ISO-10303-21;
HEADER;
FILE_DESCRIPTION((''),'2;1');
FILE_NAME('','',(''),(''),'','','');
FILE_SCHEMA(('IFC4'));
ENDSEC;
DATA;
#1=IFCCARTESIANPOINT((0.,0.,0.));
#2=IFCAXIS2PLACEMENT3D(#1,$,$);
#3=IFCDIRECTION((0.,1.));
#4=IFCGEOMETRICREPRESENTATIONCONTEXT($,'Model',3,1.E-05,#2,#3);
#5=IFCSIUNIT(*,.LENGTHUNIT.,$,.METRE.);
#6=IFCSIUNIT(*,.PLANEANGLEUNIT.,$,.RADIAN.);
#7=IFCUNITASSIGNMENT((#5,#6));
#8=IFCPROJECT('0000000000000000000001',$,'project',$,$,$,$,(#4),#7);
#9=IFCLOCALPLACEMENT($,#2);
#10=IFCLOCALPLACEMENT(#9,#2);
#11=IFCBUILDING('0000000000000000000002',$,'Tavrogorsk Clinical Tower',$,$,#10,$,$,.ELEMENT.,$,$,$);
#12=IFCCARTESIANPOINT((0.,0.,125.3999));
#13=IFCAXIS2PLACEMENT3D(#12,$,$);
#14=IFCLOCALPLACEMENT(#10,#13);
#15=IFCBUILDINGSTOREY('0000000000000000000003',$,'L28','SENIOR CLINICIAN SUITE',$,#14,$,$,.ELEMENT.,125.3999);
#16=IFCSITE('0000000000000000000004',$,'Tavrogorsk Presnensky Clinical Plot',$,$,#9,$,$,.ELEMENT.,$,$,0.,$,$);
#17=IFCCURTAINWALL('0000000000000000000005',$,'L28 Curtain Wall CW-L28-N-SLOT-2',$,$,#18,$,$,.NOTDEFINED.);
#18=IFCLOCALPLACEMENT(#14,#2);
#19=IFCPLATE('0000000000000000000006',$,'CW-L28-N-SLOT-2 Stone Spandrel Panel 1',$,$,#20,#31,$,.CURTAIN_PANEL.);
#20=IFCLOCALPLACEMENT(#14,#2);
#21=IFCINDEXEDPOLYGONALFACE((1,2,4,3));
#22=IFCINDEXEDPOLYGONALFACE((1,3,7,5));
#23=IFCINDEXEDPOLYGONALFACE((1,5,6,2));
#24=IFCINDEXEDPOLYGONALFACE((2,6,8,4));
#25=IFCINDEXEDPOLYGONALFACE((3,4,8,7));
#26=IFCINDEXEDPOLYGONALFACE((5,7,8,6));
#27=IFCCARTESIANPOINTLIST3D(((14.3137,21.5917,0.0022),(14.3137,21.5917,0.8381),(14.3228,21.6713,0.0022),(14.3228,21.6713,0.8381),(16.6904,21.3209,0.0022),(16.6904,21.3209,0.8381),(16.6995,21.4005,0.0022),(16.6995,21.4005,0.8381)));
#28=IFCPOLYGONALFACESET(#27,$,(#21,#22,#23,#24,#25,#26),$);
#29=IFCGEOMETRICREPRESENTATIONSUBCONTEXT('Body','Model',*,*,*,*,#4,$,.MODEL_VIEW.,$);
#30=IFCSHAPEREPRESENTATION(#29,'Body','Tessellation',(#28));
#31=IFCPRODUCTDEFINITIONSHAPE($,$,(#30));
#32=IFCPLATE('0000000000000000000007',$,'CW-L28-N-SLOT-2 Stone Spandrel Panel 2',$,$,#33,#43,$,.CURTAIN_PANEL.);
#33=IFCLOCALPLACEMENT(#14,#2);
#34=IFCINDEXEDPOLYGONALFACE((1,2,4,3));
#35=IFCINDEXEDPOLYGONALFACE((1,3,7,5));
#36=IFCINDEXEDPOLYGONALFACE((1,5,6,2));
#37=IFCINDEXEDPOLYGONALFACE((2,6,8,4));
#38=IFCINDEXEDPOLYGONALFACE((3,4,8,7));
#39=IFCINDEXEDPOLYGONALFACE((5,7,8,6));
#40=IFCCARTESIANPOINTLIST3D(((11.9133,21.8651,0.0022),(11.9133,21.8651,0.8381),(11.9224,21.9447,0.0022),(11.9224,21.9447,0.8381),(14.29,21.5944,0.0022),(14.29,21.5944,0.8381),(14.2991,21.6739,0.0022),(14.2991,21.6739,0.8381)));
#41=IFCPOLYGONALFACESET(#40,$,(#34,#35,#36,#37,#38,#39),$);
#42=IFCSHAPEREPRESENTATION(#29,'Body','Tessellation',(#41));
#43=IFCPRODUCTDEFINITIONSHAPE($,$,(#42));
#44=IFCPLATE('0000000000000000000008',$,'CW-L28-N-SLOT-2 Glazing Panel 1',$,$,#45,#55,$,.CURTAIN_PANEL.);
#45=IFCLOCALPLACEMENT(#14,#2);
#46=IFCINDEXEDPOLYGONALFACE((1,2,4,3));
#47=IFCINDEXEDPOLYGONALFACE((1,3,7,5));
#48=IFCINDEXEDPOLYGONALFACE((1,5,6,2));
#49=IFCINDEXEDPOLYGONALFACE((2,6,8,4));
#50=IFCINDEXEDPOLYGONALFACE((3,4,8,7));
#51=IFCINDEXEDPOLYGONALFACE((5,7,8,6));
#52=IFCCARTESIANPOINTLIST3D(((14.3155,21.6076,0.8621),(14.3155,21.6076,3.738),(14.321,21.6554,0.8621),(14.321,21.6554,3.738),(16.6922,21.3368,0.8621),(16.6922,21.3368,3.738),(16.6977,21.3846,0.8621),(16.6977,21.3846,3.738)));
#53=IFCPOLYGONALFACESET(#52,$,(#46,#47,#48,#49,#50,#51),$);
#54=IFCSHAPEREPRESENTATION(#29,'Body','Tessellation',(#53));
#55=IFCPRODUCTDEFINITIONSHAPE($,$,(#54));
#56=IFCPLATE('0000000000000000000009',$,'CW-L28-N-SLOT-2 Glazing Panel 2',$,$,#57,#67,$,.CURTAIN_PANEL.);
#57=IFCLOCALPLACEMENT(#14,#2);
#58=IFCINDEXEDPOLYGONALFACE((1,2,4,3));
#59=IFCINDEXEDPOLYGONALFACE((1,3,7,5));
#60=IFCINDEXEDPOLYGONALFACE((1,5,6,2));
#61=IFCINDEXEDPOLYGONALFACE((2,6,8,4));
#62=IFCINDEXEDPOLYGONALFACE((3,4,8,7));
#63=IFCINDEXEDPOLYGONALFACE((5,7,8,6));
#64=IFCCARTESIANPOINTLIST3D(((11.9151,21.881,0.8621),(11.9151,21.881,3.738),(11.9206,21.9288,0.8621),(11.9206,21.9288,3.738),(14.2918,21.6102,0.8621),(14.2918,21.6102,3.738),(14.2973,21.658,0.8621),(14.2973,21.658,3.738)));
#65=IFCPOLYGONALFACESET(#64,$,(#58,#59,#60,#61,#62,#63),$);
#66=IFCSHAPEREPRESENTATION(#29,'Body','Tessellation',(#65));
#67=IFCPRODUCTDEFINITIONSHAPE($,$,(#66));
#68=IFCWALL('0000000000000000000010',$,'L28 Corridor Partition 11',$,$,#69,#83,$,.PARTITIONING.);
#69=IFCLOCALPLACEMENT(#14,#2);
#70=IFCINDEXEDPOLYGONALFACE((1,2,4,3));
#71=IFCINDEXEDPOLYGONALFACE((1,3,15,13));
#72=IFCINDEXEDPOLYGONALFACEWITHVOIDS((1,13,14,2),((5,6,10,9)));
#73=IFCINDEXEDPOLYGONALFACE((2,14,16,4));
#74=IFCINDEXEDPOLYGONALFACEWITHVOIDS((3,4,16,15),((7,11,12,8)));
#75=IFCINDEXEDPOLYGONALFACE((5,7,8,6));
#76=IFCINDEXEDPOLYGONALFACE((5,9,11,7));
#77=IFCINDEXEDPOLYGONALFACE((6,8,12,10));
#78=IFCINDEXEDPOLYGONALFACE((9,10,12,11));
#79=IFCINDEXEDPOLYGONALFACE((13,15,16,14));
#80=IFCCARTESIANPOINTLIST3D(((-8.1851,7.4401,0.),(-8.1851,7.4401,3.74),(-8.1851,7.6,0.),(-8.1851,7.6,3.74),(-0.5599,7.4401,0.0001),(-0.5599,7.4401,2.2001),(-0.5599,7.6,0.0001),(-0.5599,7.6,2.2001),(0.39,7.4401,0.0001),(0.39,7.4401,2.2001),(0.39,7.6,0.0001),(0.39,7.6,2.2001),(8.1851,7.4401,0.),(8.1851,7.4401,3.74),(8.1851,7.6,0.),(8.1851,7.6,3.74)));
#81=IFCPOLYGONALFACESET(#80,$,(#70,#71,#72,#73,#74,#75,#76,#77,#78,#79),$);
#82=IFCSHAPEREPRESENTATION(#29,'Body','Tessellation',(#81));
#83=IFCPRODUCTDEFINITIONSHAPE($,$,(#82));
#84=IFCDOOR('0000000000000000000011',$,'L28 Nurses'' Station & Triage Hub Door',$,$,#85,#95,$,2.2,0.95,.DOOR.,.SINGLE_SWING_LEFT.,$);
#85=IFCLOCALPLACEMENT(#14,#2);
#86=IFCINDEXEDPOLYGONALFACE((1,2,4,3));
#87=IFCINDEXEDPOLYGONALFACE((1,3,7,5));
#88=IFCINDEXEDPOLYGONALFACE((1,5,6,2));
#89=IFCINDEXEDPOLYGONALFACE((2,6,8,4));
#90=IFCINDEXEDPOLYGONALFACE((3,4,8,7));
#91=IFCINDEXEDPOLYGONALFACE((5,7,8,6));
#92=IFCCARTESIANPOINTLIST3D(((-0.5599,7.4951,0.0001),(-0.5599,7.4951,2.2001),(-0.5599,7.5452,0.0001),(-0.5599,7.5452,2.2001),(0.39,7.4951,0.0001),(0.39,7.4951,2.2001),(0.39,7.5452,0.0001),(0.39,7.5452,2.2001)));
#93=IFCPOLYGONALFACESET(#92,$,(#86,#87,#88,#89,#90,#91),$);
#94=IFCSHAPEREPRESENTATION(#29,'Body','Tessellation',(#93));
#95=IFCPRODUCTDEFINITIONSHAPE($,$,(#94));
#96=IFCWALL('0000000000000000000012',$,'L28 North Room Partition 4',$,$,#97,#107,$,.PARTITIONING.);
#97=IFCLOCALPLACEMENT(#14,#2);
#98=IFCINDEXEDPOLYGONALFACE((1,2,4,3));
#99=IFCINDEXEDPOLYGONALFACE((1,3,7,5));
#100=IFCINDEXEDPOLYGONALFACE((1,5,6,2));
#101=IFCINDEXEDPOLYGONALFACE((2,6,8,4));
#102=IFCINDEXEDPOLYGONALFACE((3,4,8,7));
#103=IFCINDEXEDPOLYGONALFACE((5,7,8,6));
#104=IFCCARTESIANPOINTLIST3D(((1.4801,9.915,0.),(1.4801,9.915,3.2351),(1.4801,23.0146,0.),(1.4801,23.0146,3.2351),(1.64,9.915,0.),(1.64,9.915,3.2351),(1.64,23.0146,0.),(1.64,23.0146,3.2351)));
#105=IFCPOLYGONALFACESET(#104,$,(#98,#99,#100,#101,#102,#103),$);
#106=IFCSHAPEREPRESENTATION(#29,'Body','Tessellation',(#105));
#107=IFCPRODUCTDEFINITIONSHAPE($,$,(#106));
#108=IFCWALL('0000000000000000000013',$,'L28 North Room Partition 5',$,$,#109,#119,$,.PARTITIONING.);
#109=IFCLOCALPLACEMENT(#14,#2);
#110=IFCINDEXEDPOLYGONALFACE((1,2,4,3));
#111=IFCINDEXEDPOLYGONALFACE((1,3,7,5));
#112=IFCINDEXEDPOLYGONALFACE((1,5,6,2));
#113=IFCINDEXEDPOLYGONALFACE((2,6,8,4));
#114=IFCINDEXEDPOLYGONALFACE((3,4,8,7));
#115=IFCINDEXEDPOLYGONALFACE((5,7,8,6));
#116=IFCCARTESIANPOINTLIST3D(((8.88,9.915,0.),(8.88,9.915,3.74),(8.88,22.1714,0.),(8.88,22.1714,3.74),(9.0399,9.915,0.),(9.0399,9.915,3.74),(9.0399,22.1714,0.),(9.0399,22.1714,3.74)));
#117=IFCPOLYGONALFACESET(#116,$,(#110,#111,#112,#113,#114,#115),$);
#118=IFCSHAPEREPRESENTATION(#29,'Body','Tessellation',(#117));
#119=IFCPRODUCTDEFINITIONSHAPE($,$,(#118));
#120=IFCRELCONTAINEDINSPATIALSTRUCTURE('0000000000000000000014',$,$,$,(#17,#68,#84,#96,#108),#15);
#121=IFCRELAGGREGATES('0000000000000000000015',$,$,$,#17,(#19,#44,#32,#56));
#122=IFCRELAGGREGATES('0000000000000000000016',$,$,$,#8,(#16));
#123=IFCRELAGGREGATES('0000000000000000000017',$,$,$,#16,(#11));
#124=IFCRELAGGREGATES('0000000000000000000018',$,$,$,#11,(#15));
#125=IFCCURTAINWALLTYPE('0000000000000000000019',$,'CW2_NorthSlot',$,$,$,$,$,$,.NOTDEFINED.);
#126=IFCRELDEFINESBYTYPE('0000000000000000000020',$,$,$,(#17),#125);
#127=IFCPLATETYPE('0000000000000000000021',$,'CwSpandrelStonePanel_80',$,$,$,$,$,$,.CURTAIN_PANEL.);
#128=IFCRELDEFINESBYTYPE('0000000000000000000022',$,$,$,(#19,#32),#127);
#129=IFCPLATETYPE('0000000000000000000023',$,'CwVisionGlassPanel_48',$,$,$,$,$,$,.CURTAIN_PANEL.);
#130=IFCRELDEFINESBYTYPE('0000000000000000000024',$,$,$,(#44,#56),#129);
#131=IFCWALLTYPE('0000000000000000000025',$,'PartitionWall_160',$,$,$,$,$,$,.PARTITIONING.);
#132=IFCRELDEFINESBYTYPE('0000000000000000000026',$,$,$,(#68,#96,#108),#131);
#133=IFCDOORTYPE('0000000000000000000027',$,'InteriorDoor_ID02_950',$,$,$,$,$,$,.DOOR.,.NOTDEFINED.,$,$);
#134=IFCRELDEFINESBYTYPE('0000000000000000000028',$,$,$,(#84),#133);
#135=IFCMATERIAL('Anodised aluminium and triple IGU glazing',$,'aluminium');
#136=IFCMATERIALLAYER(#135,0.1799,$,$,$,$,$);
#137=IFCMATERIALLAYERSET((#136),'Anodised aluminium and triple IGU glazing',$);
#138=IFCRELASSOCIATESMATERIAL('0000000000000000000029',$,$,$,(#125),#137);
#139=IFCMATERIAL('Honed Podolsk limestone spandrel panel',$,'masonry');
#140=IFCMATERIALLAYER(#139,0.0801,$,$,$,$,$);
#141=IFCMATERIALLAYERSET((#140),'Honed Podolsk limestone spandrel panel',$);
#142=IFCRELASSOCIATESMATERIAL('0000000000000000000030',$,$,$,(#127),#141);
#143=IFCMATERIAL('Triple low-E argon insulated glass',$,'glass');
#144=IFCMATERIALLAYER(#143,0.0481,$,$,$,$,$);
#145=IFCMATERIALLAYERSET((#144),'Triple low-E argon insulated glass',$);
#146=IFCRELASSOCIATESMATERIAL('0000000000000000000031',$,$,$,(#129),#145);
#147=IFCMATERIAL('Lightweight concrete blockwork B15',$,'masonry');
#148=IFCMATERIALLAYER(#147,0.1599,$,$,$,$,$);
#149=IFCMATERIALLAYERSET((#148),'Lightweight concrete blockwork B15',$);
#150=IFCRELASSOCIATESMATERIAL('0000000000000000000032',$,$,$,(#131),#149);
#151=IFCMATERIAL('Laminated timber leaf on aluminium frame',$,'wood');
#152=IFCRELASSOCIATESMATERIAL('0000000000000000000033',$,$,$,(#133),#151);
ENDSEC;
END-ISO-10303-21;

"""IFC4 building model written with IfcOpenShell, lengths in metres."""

from ifc_helpers import new_model, si_unit, direction, frame, frame_2d, origin, origin_2d, place, context, subcontext, project, spatial, rectangle, extrude, material, layer, layer_set, type_object, element, fill, aggregate, save


model = new_model("IFC4")

# Units and contexts
model_context = context("Model", 3, precision=1e-05, world=origin(), true_north=direction((0.0, 1.0)))
body_context = subcontext(model_context, "Body", "Model", "MODEL_VIEW")
ifc_project = project(units=[si_unit("LENGTHUNIT", "METRE"), si_unit("PLANEANGLEUNIT", "RADIAN")], contexts=[model_context])

# Site, building, storey
site_placement = place(None, origin())
site = spatial("IfcSite", under=ifc_project, at=site_placement, Name="Tavrogorsk Presnensky Clinical Plot", CompositionType="ELEMENT", RefElevation=0.0)
building_placement = place(site_placement, origin())
building = spatial("IfcBuilding", under=site, at=building_placement, Name="Tavrogorsk Clinical Tower", CompositionType="ELEMENT")
storey_placement = place(building_placement, frame((0.0, 0.0, 125.3999)))
storey = spatial("IfcBuildingStorey", under=building, at=storey_placement, Name="L28", Description="SENIOR CLINICIAN SUITE", CompositionType="ELEMENT", Elevation=125.3999)

# Curtain wall
ifc_material_1 = material(Name="Anodised aluminium and triple IGU glazing", Category="aluminium")
ifc_layer_1 = layer(ifc_material_1, 0.1799)
ifc_layer_set_1 = layer_set([ifc_layer_1], Name="Anodised aluminium and triple IGU glazing")
curtain_wall_type = type_object("IfcCurtainWallType", Name="CW2_NorthSlot", PredefinedType="NOTDEFINED", material=ifc_layer_set_1)
curtain_wall_placement = place(storey_placement, origin())
curtain_wall = element("IfcCurtainWall", 1, at=curtain_wall_placement, inside=storey, type_object=curtain_wall_type, Name="L28 Curtain Wall CW-L28-N-SLOT-2", PredefinedType="NOTDEFINED")

# Plates
ifc_material_2 = material(Name="Honed Podolsk limestone spandrel panel", Category="masonry")
ifc_layer_2 = layer(ifc_material_2, 0.0801)
ifc_layer_set_2 = layer_set([ifc_layer_2], Name="Honed Podolsk limestone spandrel panel")
plate_type_1 = type_object("IfcPlateType", Name="CwSpandrelStonePanel_80", PredefinedType="CURTAIN_PANEL", material=ifc_layer_set_2)
plate_1_placement = place(storey_placement, frame((15.5066, 21.4961, 0.0022), z_axis=(0.0, 0.0, 1.0), x_axis=(-0.993572, 0.113203, 0.0)))
plate_1 = element("IfcPlate", 2, at=plate_1_placement, type_object=plate_type_1, Name="CW-L28-N-SLOT-2 Stone Spandrel Panel 1", PredefinedType="CURTAIN_PANEL", context=body_context, shape_type="SweptSolid", body=[
    extrude(rectangle(XDim=2.3921, YDim=0.0801, at=origin_2d()), origin(), (0.0, 0.0, 1.0), 0.8359),
])
plate_2_placement = place(storey_placement, frame((13.1062, 21.7695, 0.0022), z_axis=(0.0, 0.0, 1.0), x_axis=(-0.993572, 0.113203, 0.0)))
plate_2 = element("IfcPlate", 3, at=plate_2_placement, type_object=plate_type_1, Name="CW-L28-N-SLOT-2 Stone Spandrel Panel 2", PredefinedType="CURTAIN_PANEL", context=body_context, shape_type="SweptSolid", body=[
    extrude(rectangle(XDim=2.3921, YDim=0.0801, at=origin_2d()), origin(), (0.0, 0.0, 1.0), 0.8359),
])
ifc_material_3 = material(Name="Triple low-E argon insulated glass", Category="glass")
ifc_layer_3 = layer(ifc_material_3, 0.0481)
ifc_layer_set_3 = layer_set([ifc_layer_3], Name="Triple low-E argon insulated glass")
plate_type_2 = type_object("IfcPlateType", Name="CwVisionGlassPanel_48", PredefinedType="CURTAIN_PANEL", material=ifc_layer_set_3)
plate_3_placement = place(storey_placement, frame((15.5066, 21.4961, 0.8621), z_axis=(0.0, 0.0, 1.0), x_axis=(-0.993572, 0.113203, 0.0)))
plate_3 = element("IfcPlate", 4, at=plate_3_placement, type_object=plate_type_2, Name="CW-L28-N-SLOT-2 Glazing Panel 1", PredefinedType="CURTAIN_PANEL", context=body_context, shape_type="SweptSolid", body=[
    extrude(rectangle(XDim=2.3921, YDim=0.0481, at=origin_2d()), origin(), (0.0, 0.0, 1.0), 2.876),
])
plate_4_placement = place(storey_placement, frame((13.1062, 21.7695, 0.8621), z_axis=(0.0, 0.0, 1.0), x_axis=(-0.993572, 0.113203, 0.0)))
plate_4 = element("IfcPlate", 5, at=plate_4_placement, type_object=plate_type_2, Name="CW-L28-N-SLOT-2 Glazing Panel 2", PredefinedType="CURTAIN_PANEL", context=body_context, shape_type="SweptSolid", body=[
    extrude(rectangle(XDim=2.3921, YDim=0.0481, at=origin_2d()), origin(), (0.0, 0.0, 1.0), 2.876),
])
aggregate(curtain_wall, [plate_1, plate_3, plate_2, plate_4])

# Wall, opening, door
ifc_material_4 = material(Name="Lightweight concrete blockwork B15", Category="masonry")
ifc_layer_4 = layer(ifc_material_4, 0.1599)
ifc_layer_set_4 = layer_set([ifc_layer_4], Name="Lightweight concrete blockwork B15")
wall_type_1 = type_object("IfcWallType", Name="PartitionWall_160", PredefinedType="PARTITIONING", material=ifc_layer_set_4)
wall_1_placement = place(storey_placement, frame((8.1851, 7.52, 0.0), z_axis=(0.0, 0.0, 1.0), x_axis=(-1.0, 0.0, 0.0)))
wall_1 = element("IfcWall", 6, at=wall_1_placement, inside=storey, type_object=wall_type_1, Name="L28 Corridor Partition 11", PredefinedType="PARTITIONING", context=body_context, shape_type="SweptSolid", body=[
    extrude(rectangle(XDim=16.3701, YDim=0.1599, at=frame_2d((8.1851, 0.0))), origin(), (0.0, 0.0, 1.0), 3.74),
])
opening_1_placement = place(wall_1_placement, frame((7.7949, 0.0, 0.0)))
opening_1 = element("IfcOpeningElement", 7, at=opening_1_placement, cuts=wall_1, PredefinedType="OPENING", context=body_context, shape_type="SweptSolid", body=[
    extrude(rectangle(XDim=0.95, YDim=2.2, at=frame_2d((0.4751, 1.1001))), frame((0.0, 0.0898, 0.0), z_axis=(0.0, -1.0, 0.0), x_axis=(1.0, 0.0, 0.0)), (0.0, 0.0, 1.0), 0.1799),
])
ifc_material_5 = material(Name="Laminated timber leaf on aluminium frame", Category="wood")
door_type_1 = type_object("IfcDoorType", Name="InteriorDoor_ID02_950", OperationType="NOTDEFINED", PredefinedType="DOOR", material=ifc_material_5)
door_1_placement = place(opening_1_placement, origin())
door_1 = element("IfcDoor", 8, at=door_1_placement, inside=storey, type_object=door_type_1, Name="L28 Nurses' Station & Triage Hub Door", OperationType="SINGLE_SWING_LEFT", OverallHeight=2.2, OverallWidth=0.95, PredefinedType="DOOR", context=body_context, shape_type="SweptSolid", body=[
    extrude(rectangle(XDim=0.95, YDim=2.2, at=frame_2d((0.4751, 1.1001))), frame((0.0, 0.0249, 0.0), z_axis=(0.0, -1.0, 0.0), x_axis=(1.0, 0.0, 0.0)), (0.0, 0.0, 1.0), 0.05),
])
fill(opening_1, door_1)

# Walls
wall_2_placement = place(storey_placement, frame((1.5601, 9.915, 0.0), z_axis=(0.0, 0.0, 1.0), x_axis=(0.0, 1.0, 0.0)))
element("IfcWall", 9, at=wall_2_placement, inside=storey, type_object=wall_type_1, Name="L28 North Room Partition 4", PredefinedType="PARTITIONING", context=body_context, shape_type="SweptSolid", body=[
    extrude(rectangle(XDim=13.0996, YDim=0.1599, at=frame_2d((6.5498, 0.0))), origin(), (0.0, 0.0, 1.0), 3.2351),
])
wall_3_placement = place(storey_placement, frame((8.96, 9.915, 0.0), z_axis=(0.0, 0.0, 1.0), x_axis=(0.0, 1.0, 0.0)))
element("IfcWall", 10, at=wall_3_placement, inside=storey, type_object=wall_type_1, Name="L28 North Room Partition 5", PredefinedType="PARTITIONING", context=body_context, shape_type="SweptSolid", body=[
    extrude(rectangle(XDim=12.2563, YDim=0.1599, at=frame_2d((6.1282, 0.0))), origin(), (0.0, 0.0, 1.0), 3.74),
])

save(model, "model.ifc")
